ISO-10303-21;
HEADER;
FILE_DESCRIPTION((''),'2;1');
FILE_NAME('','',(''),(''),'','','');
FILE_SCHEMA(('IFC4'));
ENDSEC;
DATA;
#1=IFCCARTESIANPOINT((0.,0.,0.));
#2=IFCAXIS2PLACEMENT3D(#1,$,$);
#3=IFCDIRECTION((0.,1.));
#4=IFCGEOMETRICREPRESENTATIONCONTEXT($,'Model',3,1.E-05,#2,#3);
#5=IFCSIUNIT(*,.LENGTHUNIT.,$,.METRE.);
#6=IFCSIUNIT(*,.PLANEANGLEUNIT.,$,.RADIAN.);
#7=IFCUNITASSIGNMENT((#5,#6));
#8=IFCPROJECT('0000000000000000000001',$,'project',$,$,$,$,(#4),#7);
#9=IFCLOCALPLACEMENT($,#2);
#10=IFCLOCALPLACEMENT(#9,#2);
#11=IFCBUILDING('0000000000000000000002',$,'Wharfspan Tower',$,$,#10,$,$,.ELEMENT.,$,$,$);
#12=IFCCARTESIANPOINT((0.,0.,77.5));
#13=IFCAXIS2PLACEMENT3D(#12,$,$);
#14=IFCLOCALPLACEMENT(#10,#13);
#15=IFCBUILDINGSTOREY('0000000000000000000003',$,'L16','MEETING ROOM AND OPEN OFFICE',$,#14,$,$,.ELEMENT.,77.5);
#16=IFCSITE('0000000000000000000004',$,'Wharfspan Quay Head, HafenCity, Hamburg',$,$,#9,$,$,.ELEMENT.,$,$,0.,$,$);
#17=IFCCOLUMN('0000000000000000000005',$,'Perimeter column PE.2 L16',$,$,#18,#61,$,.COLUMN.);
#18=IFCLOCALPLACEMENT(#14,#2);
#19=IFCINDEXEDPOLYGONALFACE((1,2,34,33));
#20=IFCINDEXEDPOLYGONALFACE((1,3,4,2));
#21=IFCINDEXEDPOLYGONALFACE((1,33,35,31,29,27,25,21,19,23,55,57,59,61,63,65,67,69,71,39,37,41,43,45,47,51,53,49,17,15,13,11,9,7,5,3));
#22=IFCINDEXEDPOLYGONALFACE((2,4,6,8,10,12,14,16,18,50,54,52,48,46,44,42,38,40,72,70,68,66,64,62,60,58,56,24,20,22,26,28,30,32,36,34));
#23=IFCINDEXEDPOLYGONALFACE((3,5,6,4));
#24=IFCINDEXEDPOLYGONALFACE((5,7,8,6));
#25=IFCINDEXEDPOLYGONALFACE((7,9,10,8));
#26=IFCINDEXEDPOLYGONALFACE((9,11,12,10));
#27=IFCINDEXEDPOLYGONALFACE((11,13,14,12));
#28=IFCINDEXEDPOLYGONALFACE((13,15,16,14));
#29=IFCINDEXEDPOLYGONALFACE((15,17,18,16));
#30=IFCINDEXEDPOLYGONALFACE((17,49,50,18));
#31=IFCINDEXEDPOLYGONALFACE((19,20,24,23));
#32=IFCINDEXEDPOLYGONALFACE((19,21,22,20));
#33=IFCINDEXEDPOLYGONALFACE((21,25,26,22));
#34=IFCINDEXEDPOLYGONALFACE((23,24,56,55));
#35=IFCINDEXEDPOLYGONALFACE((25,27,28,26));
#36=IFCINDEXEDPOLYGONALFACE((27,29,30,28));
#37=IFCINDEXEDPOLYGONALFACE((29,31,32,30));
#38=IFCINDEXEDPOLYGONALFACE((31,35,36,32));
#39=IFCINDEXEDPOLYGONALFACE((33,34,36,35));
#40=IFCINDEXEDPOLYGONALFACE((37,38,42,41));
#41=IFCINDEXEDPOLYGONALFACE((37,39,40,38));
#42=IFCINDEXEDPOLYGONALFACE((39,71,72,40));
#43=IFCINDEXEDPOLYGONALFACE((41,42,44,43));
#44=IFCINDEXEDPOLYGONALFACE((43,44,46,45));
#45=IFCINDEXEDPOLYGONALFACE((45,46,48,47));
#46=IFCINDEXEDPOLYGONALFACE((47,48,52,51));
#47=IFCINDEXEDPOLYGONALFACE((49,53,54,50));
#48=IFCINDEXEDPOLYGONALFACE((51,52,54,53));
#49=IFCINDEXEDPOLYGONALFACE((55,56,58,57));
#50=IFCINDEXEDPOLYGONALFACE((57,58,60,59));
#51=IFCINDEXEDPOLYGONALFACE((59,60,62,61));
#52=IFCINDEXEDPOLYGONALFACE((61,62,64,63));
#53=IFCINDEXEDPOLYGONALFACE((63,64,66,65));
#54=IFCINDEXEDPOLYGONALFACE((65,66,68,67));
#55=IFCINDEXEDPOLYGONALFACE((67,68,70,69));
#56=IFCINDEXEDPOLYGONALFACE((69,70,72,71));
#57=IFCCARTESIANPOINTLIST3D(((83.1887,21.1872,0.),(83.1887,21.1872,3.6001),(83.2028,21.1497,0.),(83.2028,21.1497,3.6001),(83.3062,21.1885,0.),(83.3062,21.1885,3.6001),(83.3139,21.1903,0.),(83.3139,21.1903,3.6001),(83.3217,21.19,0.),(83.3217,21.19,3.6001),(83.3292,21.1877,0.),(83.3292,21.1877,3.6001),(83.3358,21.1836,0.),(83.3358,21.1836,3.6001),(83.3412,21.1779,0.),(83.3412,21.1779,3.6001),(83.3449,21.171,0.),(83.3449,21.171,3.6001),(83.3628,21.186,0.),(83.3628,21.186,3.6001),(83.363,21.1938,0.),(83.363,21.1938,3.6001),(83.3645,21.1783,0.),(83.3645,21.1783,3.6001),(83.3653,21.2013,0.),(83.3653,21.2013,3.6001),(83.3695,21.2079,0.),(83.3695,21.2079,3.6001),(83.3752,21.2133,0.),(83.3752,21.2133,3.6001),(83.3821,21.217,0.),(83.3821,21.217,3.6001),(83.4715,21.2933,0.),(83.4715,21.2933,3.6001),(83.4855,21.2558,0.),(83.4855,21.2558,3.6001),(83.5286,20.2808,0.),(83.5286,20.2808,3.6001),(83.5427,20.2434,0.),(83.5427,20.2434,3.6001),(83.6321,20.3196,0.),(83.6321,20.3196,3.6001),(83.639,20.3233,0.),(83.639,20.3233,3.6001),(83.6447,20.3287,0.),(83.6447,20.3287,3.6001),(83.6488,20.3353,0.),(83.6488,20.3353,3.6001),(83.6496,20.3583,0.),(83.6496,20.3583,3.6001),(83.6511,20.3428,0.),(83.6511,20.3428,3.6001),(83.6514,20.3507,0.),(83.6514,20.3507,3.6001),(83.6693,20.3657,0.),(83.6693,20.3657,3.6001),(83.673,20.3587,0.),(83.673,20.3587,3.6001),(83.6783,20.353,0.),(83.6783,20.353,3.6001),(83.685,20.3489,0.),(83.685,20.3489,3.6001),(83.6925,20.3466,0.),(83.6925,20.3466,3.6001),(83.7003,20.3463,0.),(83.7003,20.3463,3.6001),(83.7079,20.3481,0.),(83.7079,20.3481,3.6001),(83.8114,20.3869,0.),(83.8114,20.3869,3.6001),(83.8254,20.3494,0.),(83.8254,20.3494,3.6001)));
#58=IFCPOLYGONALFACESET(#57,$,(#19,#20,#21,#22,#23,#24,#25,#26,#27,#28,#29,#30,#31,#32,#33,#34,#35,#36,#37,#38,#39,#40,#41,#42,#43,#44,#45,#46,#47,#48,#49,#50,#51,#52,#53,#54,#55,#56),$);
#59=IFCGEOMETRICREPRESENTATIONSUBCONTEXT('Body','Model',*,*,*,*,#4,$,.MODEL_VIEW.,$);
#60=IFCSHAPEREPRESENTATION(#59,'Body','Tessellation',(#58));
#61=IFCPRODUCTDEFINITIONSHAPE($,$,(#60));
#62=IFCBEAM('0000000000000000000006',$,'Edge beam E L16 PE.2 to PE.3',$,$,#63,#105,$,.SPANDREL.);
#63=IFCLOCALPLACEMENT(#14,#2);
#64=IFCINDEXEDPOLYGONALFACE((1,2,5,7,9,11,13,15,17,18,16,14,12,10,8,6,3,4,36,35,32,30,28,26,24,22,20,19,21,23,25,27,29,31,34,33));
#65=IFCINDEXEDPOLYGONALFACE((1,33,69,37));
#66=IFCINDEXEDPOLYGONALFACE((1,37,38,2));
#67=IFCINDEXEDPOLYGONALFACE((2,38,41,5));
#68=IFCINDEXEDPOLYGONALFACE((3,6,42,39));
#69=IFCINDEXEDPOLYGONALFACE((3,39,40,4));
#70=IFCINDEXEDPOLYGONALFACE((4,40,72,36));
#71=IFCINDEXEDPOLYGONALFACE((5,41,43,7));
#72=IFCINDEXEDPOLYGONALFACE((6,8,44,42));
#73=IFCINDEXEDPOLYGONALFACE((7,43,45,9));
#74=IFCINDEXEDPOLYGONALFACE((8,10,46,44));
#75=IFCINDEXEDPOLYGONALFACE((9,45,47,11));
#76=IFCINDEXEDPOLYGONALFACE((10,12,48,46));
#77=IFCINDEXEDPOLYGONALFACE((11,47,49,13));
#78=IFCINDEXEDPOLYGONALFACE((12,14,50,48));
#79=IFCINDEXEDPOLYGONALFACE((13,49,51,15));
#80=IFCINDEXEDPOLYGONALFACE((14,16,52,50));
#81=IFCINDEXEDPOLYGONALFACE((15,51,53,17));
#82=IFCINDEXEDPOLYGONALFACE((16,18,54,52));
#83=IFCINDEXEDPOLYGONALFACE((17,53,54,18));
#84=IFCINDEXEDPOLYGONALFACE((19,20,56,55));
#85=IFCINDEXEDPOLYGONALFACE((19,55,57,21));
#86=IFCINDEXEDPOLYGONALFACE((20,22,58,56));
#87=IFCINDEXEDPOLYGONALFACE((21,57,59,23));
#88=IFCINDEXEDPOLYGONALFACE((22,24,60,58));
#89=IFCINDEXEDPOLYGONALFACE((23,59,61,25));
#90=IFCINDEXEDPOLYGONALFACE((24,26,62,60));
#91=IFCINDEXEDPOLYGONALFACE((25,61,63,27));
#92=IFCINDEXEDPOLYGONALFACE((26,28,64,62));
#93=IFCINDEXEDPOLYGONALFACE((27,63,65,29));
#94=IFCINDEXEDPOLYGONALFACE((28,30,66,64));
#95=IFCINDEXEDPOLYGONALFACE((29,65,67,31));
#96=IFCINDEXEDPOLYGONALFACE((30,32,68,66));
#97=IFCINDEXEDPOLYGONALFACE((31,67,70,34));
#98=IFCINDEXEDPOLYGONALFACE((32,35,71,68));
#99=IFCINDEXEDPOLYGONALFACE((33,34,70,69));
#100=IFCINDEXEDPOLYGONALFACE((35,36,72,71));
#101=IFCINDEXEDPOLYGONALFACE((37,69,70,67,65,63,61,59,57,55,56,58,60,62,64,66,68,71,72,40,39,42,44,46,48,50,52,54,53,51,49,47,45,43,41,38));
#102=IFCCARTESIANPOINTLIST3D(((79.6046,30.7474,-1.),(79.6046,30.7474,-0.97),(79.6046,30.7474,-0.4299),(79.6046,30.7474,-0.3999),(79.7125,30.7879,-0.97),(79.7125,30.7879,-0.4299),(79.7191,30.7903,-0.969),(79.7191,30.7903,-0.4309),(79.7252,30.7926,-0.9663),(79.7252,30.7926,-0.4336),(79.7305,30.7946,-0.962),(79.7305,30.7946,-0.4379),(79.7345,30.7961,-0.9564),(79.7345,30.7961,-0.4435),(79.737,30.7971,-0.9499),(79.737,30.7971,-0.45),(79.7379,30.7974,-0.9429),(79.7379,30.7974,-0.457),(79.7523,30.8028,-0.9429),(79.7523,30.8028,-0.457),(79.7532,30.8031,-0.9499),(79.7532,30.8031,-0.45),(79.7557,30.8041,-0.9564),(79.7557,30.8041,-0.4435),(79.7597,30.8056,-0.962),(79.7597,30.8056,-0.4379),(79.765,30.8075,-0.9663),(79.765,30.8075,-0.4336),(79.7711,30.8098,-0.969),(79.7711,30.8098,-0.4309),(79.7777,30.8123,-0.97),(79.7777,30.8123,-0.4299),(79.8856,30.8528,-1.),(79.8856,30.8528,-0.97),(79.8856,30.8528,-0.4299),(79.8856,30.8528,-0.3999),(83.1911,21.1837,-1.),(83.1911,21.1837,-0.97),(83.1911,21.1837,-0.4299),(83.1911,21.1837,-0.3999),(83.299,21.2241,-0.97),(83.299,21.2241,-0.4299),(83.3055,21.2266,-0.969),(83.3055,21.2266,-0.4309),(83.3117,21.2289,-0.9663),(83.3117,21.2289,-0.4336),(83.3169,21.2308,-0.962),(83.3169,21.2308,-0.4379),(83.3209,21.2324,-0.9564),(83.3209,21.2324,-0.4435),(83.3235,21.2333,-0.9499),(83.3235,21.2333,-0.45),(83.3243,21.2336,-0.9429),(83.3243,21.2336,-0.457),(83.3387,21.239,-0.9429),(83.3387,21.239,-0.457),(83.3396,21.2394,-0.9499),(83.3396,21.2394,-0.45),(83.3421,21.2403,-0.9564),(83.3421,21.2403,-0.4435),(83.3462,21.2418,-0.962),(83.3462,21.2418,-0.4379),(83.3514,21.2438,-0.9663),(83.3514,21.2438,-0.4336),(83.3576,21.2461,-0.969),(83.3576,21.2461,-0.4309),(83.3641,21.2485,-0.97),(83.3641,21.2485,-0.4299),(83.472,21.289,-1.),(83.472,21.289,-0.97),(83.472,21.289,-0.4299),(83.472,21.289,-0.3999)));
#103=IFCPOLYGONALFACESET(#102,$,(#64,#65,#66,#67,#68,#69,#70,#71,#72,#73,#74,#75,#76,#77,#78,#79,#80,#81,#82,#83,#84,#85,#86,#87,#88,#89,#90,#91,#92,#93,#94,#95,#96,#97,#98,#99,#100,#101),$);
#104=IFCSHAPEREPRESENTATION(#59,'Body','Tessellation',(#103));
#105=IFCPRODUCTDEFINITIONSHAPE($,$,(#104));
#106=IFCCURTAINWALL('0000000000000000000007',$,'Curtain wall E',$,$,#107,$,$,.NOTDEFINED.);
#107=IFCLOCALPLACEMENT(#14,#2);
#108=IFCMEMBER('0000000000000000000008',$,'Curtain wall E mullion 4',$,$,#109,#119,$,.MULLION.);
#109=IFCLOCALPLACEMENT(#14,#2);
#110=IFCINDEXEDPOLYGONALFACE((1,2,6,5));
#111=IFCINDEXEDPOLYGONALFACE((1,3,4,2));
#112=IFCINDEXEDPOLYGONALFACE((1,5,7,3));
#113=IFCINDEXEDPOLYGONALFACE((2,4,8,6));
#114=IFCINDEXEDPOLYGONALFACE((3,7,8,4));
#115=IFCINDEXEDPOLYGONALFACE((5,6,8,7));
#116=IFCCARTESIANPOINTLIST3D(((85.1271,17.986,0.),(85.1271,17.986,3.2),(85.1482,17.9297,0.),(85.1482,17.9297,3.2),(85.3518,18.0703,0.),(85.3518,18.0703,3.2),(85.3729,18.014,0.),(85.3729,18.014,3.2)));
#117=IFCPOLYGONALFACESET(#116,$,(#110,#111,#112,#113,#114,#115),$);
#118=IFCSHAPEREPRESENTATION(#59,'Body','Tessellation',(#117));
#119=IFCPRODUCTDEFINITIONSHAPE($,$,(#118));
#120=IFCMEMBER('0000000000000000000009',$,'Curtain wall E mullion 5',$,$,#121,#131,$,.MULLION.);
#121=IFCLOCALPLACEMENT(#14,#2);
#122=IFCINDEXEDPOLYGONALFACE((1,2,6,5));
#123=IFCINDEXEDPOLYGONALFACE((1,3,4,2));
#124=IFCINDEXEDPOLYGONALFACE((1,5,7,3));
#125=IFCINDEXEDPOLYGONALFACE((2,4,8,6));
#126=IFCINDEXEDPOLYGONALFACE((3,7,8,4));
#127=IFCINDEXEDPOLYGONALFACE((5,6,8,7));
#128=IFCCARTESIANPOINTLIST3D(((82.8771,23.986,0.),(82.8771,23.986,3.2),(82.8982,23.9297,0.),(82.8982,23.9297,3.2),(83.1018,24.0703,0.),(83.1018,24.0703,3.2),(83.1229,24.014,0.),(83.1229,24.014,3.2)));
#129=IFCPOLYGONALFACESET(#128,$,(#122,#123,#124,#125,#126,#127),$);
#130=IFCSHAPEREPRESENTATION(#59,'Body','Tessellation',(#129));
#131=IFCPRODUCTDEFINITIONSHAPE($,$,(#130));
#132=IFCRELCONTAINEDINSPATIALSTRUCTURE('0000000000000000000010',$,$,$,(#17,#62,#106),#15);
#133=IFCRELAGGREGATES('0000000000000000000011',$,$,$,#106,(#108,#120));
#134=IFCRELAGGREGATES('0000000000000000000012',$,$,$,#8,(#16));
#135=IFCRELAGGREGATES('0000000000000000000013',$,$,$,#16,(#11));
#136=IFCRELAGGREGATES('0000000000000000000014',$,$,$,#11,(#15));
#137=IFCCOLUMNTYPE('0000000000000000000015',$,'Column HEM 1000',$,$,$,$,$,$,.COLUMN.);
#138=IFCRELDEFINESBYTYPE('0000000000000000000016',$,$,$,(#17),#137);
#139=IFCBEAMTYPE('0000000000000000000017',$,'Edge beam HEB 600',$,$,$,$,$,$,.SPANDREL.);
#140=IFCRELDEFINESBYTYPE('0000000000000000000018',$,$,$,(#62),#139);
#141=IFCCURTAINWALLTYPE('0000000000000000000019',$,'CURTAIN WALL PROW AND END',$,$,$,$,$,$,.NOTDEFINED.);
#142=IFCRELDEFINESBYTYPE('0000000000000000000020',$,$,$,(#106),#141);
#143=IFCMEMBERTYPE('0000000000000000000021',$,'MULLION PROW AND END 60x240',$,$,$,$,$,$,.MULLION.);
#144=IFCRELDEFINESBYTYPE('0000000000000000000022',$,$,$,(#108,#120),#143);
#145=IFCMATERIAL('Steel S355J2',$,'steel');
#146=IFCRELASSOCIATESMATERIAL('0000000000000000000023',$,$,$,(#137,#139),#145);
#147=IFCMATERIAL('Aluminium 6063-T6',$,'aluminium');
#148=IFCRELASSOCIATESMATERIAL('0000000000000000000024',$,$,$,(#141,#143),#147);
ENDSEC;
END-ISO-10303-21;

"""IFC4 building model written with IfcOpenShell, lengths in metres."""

from ifc_helpers import new_model, si_unit, direction, frame, origin, origin_2d, place, context, subcontext, project, spatial, rectangle, i_section, extrude, material, material_profile, profile_set, type_object, element, aggregate, save


model = new_model("IFC4")

# Units and contexts
model_context = context("Model", 3, precision=1e-05, world=origin(), true_north=direction((0.0, 1.0)))
body_context = subcontext(model_context, "Body", "Model", "MODEL_VIEW")
ifc_project = project(units=[si_unit("LENGTHUNIT", "METRE"), si_unit("PLANEANGLEUNIT", "RADIAN")], contexts=[model_context])

# Site, building, storey
site_placement = place(None, origin())
site = spatial("IfcSite", under=ifc_project, at=site_placement, Name="Wharfspan Quay Head, HafenCity, Hamburg", CompositionType="ELEMENT", RefElevation=0.0)
building_placement = place(site_placement, origin())
building = spatial("IfcBuilding", under=site, at=building_placement, Name="Wharfspan Tower", CompositionType="ELEMENT")
storey_placement = place(building_placement, frame((0.0, 0.0, 77.5)))
storey = spatial("IfcBuildingStorey", under=building, at=storey_placement, Name="L16", Description="MEETING ROOM AND OPEN OFFICE", CompositionType="ELEMENT", Elevation=77.5)

# Column
ifc_material_1 = material(Name="Steel S355J2", Category="steel")
ifc_material_profile_1 = material_profile(ifc_material_1, i_section(OverallWidth=0.302, OverallDepth=1.0081, WebThickness=0.021, FlangeThickness=0.04, FilletRadius=0.03, at=origin_2d()))
ifc_profile_set_1 = profile_set([ifc_material_profile_1], Name="Steel S355J2")
column_type = type_object("IfcColumnType", Name="Column HEM 1000", PredefinedType="COLUMN", material=ifc_profile_set_1)
column_placement = place(storey_placement, frame((83.5071, 20.7683, 0.0), z_axis=(0.0, 0.0, 1.0), x_axis=(0.936328, 0.351123, 0.0)))
element("IfcColumn", 1, at=column_placement, inside=storey, type_object=column_type, Name="Perimeter column PE.2 L16", PredefinedType="COLUMN", context=body_context, shape_type="SweptSolid", body=[
    extrude(i_section(OverallWidth=0.302, OverallDepth=1.0081, WebThickness=0.021, FlangeThickness=0.04, FilletRadius=0.03, at=origin_2d()), origin(), (0.0, 0.0, 1.0), 3.6001),
])

# Beam
ifc_material_profile_2 = material_profile(ifc_material_1, i_section(OverallWidth=0.3, OverallDepth=0.6001, WebThickness=0.0154, FlangeThickness=0.03, FilletRadius=0.0271, at=origin_2d()))
ifc_profile_set_2 = profile_set([ifc_material_profile_2], Name="Steel S355J2")
beam_type = type_object("IfcBeamType", Name="Edge beam HEB 600", PredefinedType="SPANDREL", material=ifc_profile_set_2)
beam_placement = place(storey_placement, frame((83.3315, 21.2363, -0.7), z_axis=(-0.351126, 0.936328, 0.0), x_axis=(-0.936328, -0.351126, 0.0)))
element("IfcBeam", 2, at=beam_placement, inside=storey, type_object=beam_type, Name="Edge beam E L16 PE.2 to PE.3", PredefinedType="SPANDREL", context=body_context, shape_type="SweptSolid", body=[
    extrude(i_section(OverallWidth=0.3, OverallDepth=0.6001, WebThickness=0.0154, FlangeThickness=0.03, FilletRadius=0.0271, at=origin_2d()), origin(), (0.0, 0.0, 1.0), 10.2141),
])

# Curtain wall, members
ifc_material_2 = material(Name="Aluminium 6063-T6", Category="aluminium")
curtain_wall_type = type_object("IfcCurtainWallType", Name="CURTAIN WALL PROW AND END", PredefinedType="NOTDEFINED", material=ifc_material_2)
curtain_wall_placement = place(storey_placement, origin())
curtain_wall = element("IfcCurtainWall", 3, at=curtain_wall_placement, inside=storey, type_object=curtain_wall_type, Name="Curtain wall E", PredefinedType="NOTDEFINED")
ifc_material_profile_3 = material_profile(ifc_material_2, rectangle(XDim=0.24, YDim=0.0601, at=origin_2d()))
ifc_profile_set_3 = profile_set([ifc_material_profile_3], Name="Aluminium 6063-T6")
member_type_1 = type_object("IfcMemberType", Name="MULLION PROW AND END 60x240", PredefinedType="MULLION", material=ifc_profile_set_3)
member_1_placement = place(storey_placement, frame((85.25, 18.0, 0.0), z_axis=(0.0, 0.0, 1.0), x_axis=(-0.936328, -0.351123, 0.0)))
member_1 = element("IfcMember", 4, at=member_1_placement, type_object=member_type_1, Name="Curtain wall E mullion 4", PredefinedType="MULLION", context=body_context, shape_type="SweptSolid", body=[
    extrude(rectangle(XDim=0.24, YDim=0.0601, at=origin_2d()), origin(), (0.0, 0.0, 1.0), 3.2),
])
member_2_placement = place(storey_placement, frame((83.0, 24.0, 0.0), z_axis=(0.0, 0.0, 1.0), x_axis=(-0.936328, -0.351123, 0.0)))
member_2 = element("IfcMember", 5, at=member_2_placement, type_object=member_type_1, Name="Curtain wall E mullion 5", PredefinedType="MULLION", context=body_context, shape_type="SweptSolid", body=[
    extrude(rectangle(XDim=0.24, YDim=0.0601, at=origin_2d()), origin(), (0.0, 0.0, 1.0), 3.2),
])

aggregate(curtain_wall, [member_1, member_2])

save(model, "model.ifc")
